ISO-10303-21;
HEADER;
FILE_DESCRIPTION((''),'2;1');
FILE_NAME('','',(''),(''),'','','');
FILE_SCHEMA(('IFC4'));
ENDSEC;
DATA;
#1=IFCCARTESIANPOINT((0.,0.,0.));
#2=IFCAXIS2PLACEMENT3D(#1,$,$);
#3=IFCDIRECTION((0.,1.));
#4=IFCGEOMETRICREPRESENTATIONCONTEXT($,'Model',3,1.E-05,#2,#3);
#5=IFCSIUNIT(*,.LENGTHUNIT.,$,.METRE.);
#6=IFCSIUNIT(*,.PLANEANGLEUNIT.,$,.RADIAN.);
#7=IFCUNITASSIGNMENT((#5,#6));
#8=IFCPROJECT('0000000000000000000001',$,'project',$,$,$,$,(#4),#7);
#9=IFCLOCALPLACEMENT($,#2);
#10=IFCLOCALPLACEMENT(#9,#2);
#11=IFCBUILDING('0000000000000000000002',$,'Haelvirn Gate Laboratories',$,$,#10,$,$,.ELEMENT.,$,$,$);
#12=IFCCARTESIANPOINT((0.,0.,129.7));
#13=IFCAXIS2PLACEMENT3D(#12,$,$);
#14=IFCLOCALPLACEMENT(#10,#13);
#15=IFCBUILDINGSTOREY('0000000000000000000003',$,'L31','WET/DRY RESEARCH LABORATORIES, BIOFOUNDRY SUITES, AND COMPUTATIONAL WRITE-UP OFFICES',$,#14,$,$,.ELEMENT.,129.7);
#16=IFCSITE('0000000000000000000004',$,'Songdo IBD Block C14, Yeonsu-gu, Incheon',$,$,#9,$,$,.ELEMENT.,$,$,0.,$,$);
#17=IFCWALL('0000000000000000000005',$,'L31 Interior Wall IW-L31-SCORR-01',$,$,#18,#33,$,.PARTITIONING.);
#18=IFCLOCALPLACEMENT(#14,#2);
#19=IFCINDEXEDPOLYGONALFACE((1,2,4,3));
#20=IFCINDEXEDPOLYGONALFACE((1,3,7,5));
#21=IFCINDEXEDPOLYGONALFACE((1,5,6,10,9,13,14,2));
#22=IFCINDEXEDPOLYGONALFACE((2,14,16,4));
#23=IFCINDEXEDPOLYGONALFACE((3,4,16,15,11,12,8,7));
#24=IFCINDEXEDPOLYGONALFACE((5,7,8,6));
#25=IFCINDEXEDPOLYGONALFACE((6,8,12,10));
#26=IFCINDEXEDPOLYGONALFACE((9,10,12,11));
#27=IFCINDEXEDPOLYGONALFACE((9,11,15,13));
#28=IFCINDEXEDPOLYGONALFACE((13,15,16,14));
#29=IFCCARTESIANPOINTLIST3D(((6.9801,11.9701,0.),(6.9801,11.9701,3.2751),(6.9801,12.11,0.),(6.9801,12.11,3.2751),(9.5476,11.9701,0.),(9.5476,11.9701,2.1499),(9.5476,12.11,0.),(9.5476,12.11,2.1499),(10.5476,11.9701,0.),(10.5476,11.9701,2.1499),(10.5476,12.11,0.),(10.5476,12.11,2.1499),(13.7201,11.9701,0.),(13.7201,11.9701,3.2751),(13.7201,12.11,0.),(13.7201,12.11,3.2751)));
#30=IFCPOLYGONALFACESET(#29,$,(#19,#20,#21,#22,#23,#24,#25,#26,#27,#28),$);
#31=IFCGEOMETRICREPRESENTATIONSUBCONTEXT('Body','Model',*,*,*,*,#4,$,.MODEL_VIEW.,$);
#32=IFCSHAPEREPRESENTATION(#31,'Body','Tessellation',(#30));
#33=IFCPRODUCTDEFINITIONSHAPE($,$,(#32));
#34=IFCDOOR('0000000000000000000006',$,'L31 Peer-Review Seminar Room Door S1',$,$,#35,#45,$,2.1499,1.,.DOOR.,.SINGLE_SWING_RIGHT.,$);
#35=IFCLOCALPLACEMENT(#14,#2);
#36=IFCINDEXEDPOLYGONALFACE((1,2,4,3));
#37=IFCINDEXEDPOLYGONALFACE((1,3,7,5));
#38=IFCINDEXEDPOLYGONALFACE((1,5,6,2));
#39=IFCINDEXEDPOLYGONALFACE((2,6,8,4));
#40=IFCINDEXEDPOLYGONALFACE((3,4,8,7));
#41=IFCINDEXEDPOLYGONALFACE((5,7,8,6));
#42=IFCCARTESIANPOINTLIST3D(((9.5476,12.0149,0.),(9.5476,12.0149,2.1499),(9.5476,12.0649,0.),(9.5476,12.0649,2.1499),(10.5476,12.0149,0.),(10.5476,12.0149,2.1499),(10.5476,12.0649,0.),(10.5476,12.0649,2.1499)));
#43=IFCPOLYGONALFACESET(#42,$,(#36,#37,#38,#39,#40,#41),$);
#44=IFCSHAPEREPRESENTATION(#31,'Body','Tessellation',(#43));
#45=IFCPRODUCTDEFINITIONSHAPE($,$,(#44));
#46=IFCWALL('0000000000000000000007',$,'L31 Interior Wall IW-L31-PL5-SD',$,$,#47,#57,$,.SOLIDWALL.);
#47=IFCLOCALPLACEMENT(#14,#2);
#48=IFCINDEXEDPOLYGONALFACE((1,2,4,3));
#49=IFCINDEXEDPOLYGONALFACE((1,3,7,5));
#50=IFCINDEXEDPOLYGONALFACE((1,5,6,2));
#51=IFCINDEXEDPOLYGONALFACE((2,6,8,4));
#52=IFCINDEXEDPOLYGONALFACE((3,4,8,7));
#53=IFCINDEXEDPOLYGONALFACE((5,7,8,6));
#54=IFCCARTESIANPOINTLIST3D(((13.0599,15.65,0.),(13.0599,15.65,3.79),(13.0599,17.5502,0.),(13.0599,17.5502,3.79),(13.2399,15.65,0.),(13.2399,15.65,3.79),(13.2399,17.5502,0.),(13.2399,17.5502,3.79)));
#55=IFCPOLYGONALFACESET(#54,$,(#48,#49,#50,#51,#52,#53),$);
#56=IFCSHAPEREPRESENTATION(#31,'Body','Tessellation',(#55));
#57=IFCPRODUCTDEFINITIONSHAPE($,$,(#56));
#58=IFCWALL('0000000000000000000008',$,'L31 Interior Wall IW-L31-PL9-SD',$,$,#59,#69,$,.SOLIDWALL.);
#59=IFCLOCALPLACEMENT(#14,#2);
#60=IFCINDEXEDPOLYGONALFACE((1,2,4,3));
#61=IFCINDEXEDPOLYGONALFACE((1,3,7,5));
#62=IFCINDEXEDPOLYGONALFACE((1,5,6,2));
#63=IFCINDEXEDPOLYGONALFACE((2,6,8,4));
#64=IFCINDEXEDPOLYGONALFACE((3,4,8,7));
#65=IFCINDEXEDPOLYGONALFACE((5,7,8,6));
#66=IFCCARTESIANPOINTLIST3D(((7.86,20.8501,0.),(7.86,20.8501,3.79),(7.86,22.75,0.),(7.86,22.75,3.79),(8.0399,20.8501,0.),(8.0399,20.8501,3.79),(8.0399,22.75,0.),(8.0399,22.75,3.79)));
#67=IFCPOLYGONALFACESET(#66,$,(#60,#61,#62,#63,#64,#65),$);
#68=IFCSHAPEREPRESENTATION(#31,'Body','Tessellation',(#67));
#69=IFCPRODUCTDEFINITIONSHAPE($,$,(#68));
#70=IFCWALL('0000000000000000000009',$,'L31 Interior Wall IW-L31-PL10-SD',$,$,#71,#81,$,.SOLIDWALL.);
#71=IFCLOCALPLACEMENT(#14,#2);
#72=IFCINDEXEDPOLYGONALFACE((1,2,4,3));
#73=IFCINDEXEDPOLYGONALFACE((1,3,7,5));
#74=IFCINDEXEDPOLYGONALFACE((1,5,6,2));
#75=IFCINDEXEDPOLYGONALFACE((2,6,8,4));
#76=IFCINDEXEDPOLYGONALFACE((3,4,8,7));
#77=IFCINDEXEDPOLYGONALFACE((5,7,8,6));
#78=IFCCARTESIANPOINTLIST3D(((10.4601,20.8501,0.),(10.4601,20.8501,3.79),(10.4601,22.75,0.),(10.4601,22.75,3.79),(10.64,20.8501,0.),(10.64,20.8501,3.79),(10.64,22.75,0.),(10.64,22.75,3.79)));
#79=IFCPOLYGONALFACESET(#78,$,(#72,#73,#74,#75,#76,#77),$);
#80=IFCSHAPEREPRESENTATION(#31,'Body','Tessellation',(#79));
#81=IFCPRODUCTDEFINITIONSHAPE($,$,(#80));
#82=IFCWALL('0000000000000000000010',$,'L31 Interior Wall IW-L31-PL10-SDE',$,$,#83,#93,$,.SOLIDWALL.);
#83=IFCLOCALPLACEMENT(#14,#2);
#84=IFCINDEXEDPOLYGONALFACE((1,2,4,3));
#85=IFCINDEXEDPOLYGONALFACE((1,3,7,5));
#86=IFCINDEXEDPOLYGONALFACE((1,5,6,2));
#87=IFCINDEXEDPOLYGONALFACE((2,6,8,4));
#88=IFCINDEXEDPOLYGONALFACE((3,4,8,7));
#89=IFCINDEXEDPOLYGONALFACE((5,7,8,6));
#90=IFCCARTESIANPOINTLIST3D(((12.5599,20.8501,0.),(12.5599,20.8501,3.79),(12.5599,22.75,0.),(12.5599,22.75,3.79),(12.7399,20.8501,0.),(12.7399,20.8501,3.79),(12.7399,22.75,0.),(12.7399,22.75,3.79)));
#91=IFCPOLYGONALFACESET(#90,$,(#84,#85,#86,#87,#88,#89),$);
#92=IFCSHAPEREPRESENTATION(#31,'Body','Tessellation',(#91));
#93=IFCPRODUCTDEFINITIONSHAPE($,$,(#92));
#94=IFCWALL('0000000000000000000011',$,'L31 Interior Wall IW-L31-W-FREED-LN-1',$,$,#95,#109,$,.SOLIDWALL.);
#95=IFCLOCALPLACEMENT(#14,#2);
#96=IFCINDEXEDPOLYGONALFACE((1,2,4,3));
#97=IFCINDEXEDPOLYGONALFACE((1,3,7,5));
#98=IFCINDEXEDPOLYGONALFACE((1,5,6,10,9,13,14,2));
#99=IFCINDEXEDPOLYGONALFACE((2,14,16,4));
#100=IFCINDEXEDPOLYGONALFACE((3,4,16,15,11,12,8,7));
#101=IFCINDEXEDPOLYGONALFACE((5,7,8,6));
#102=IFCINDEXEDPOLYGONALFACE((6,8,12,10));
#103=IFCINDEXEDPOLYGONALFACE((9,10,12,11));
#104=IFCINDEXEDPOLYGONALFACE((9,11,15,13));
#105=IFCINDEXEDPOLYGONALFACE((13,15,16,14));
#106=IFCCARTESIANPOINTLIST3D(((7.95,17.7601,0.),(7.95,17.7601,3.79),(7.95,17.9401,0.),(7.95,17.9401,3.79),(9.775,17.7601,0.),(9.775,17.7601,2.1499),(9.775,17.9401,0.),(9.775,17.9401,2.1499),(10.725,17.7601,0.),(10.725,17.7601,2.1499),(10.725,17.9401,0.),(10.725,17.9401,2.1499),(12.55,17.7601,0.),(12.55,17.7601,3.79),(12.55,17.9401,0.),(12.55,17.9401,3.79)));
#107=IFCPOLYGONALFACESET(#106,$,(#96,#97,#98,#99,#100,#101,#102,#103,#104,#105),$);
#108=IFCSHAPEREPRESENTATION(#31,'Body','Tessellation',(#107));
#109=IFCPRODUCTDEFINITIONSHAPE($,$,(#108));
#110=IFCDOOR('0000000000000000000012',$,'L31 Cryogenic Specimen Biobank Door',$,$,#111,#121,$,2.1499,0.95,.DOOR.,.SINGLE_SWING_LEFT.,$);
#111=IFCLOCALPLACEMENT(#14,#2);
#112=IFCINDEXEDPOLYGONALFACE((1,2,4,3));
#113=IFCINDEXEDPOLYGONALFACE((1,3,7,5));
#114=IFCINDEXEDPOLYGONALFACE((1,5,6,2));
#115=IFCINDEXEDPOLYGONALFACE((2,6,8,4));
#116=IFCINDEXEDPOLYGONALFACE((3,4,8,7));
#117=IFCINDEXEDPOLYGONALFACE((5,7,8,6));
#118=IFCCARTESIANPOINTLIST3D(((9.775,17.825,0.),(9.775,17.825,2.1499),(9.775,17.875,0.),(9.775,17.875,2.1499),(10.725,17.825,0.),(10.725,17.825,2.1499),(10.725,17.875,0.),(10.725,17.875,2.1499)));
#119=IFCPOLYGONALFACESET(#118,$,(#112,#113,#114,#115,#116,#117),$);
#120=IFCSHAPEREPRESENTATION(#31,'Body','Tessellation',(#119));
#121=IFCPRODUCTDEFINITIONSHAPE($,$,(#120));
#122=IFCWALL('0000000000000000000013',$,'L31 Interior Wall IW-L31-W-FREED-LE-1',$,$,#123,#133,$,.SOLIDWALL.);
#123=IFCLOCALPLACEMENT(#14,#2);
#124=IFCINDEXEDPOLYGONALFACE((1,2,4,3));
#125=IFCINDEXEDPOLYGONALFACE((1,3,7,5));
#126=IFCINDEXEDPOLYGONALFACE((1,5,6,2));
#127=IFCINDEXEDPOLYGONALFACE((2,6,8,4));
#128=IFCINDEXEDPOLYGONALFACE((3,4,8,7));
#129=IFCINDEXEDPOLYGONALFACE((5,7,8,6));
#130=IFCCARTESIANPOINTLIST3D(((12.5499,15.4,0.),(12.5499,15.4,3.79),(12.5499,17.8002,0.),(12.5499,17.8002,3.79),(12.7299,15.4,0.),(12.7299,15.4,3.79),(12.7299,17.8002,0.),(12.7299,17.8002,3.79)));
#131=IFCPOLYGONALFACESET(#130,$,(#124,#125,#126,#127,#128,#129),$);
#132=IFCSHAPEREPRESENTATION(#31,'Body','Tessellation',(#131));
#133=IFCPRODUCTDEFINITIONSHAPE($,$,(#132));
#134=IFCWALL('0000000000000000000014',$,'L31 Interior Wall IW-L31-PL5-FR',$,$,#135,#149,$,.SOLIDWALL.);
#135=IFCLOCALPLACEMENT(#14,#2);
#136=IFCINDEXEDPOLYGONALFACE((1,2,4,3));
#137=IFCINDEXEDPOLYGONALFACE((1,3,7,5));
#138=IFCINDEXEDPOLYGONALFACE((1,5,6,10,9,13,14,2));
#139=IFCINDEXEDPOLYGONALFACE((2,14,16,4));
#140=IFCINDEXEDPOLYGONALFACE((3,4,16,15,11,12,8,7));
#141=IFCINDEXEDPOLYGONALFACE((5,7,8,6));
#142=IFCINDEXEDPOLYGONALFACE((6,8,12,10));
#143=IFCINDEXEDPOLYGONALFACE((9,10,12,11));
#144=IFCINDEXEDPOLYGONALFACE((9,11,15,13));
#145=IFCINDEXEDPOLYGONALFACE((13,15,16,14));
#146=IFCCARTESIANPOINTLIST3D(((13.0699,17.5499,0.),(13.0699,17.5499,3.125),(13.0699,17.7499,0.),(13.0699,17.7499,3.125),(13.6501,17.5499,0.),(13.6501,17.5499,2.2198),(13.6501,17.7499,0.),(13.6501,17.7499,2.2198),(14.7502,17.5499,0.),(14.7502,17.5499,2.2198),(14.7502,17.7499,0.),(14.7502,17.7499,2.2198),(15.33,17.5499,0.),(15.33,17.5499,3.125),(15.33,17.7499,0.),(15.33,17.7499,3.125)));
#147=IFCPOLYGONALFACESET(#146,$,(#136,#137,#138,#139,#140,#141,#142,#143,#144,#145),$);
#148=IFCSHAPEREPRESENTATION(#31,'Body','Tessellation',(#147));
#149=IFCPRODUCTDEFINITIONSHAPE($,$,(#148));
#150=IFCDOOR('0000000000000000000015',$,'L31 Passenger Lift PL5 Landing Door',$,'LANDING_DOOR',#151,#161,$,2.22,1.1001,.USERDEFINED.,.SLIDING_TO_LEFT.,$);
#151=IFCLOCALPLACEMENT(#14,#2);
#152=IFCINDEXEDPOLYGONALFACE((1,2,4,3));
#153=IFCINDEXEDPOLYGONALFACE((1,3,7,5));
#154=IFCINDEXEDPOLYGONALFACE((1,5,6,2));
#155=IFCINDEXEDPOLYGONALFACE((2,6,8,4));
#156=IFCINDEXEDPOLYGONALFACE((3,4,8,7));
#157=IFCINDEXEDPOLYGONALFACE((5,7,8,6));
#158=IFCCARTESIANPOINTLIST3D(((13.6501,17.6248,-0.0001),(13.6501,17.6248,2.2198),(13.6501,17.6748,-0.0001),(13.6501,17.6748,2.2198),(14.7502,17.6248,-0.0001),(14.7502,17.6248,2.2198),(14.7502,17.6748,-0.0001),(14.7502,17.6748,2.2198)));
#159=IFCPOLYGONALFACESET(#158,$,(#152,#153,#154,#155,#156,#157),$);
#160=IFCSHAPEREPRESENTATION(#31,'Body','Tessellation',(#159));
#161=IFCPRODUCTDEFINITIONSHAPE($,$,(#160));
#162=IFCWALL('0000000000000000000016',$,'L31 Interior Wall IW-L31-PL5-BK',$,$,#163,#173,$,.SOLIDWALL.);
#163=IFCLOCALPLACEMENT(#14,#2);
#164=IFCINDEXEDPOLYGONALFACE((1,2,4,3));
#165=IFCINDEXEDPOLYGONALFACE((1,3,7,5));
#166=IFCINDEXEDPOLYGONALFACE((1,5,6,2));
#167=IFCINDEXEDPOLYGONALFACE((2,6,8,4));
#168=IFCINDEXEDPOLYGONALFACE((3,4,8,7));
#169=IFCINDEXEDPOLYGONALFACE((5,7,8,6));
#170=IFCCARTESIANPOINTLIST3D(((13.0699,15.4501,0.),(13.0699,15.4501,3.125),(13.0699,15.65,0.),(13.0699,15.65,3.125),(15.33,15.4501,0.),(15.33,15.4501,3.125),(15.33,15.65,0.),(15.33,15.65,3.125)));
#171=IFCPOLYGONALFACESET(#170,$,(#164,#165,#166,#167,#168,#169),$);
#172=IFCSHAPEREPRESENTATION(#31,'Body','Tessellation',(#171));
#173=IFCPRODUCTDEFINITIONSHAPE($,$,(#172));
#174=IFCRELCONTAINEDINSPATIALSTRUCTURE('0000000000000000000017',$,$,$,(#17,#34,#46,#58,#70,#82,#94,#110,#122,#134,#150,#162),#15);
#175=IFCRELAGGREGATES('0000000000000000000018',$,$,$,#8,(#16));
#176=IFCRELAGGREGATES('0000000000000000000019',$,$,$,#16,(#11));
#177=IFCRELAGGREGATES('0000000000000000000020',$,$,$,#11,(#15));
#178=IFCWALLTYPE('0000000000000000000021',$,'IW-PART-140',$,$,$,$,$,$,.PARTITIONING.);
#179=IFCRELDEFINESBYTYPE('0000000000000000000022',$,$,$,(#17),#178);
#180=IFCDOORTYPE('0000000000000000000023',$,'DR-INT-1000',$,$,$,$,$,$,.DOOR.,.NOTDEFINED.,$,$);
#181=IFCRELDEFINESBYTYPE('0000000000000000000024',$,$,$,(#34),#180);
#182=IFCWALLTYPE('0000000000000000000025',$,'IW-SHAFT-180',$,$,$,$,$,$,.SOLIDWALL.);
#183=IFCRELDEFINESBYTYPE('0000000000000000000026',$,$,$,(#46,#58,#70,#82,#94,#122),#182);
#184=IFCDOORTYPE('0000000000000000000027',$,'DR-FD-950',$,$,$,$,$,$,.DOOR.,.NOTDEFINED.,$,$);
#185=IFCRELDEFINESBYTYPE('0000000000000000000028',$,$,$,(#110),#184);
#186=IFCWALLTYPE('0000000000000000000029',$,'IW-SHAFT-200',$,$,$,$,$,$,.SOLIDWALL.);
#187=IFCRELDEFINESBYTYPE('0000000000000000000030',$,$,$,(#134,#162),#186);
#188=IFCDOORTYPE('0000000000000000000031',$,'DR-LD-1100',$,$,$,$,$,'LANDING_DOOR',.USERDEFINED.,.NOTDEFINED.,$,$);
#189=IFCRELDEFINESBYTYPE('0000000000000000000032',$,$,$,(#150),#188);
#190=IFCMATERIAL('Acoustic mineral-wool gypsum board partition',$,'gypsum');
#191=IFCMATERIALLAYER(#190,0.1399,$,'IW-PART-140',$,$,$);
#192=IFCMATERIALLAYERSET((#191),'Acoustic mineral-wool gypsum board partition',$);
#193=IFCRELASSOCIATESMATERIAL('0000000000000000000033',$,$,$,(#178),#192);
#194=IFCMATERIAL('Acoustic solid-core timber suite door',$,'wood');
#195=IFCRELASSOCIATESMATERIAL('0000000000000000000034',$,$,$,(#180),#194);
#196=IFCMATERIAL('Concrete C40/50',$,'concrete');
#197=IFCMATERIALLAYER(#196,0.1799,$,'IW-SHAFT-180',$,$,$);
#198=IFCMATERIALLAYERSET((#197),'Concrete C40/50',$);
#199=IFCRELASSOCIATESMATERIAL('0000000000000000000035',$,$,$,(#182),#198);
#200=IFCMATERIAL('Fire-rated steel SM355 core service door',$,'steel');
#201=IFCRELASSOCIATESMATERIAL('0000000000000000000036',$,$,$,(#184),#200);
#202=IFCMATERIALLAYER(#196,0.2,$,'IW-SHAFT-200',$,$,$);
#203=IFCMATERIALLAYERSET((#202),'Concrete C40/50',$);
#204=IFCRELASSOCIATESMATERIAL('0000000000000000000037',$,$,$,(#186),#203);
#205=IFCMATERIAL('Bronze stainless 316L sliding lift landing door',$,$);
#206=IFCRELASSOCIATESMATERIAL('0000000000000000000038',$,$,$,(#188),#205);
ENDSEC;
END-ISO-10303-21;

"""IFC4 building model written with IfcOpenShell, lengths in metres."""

from ifc_helpers import new_model, si_unit, direction, frame, frame_2d, origin, place, context, subcontext, project, spatial, rectangle, extrude, source, transform, mapped, material, layer, layer_set, type_object, type_shapes, element, fill, save


model = new_model("IFC4")

# Units and contexts
model_context = context("Model", 3, precision=1e-05, world=origin(), true_north=direction((0.0, 1.0)))
body_context = subcontext(model_context, "Body", "Model", "MODEL_VIEW")
ifc_project = project(units=[si_unit("LENGTHUNIT", "METRE"), si_unit("PLANEANGLEUNIT", "RADIAN")], contexts=[model_context])

# Site, building, storey
site_placement = place(None, origin())
site = spatial("IfcSite", under=ifc_project, at=site_placement, Name="Songdo IBD Block C14, Yeonsu-gu, Incheon", CompositionType="ELEMENT", RefElevation=0.0)
building_placement = place(site_placement, origin())
building = spatial("IfcBuilding", under=site, at=building_placement, Name="Haelvirn Gate Laboratories", CompositionType="ELEMENT")
storey_placement = place(building_placement, frame((0.0, 0.0, 129.7)))
storey = spatial("IfcBuildingStorey", under=building, at=storey_placement, Name="L31", Description="WET/DRY RESEARCH LABORATORIES, BIOFOUNDRY SUITES, AND COMPUTATIONAL WRITE-UP OFFICES", CompositionType="ELEMENT", Elevation=129.7)

# Wall, opening, door
ifc_material_1 = material(Name="Acoustic mineral-wool gypsum board partition", Category="gypsum")
ifc_layer_1 = layer(ifc_material_1, 0.1399, Name="IW-PART-140")
ifc_layer_set_1 = layer_set([ifc_layer_1], Name="Acoustic mineral-wool gypsum board partition")
wall_type_1 = type_object("IfcWallType", Name="IW-PART-140", PredefinedType="PARTITIONING", material=ifc_layer_set_1)
wall_1_placement = place(storey_placement, frame((6.98, 12.04, 0.0), z_axis=(0.0, 0.0, 1.0), x_axis=(1.0, 0.0, 0.0)))
wall_1 = element("IfcWall", 1, at=wall_1_placement, inside=storey, type_object=wall_type_1, Name="L31 Interior Wall IW-L31-SCORR-01", PredefinedType="PARTITIONING", context=body_context, shape_type="SweptSolid", body=[
    extrude(rectangle(XDim=6.74, YDim=0.1399, at=frame_2d((3.3701, 0.0))), origin(), (0.0, 0.0, 1.0), 3.2751),
])
opening_1_placement = place(wall_1_placement, frame((2.5676, 0.0, 0.0)))
opening_1 = element("IfcOpeningElement", 2, at=opening_1_placement, cuts=wall_1, PredefinedType="OPENING", context=body_context, shape_type="SweptSolid", body=[
    extrude(rectangle(XDim=1.0, YDim=2.1499, at=frame_2d((0.5, 1.075))), frame((0.0, 0.0801, 0.0), z_axis=(0.0, -1.0, 0.0), x_axis=(1.0, 0.0, 0.0)), (0.0, 0.0, 1.0), 0.1599),
])
ifc_material_2 = material(Name="Acoustic solid-core timber suite door", Category="wood")
door_type_1 = type_object("IfcDoorType", Name="DR-INT-1000", OperationType="NOTDEFINED", PredefinedType="DOOR", material=ifc_material_2)
shared_shape_1 = source(origin(), body_context, "Body", "SweptSolid", [
    extrude(rectangle(XDim=1.0, YDim=2.1499, at=frame_2d((0.5, 1.075))), frame((0.0, 0.0249, 0.0), z_axis=(0.0, -1.0, 0.0), x_axis=(1.0, 0.0, 0.0)), (0.0, 0.0, 1.0), 0.05),
])
type_shapes(door_type_1, [shared_shape_1])
door_1_placement = place(opening_1_placement, origin())
door_1 = element("IfcDoor", 3, at=door_1_placement, inside=storey, type_object=door_type_1, Name="L31 Peer-Review Seminar Room Door S1", OperationType="SINGLE_SWING_RIGHT", OverallHeight=2.1499, OverallWidth=1.0, PredefinedType="DOOR", context=body_context, shape_type="MappedRepresentation", body=[
    mapped(shared_shape_1, transform((0.0, 0.0, 0.0), scale=1.0)),
])
fill(opening_1, door_1)

# Walls
ifc_material_3 = material(Name="Concrete C40/50", Category="concrete")
ifc_layer_2 = layer(ifc_material_3, 0.1799, Name="IW-SHAFT-180")
ifc_layer_set_2 = layer_set([ifc_layer_2], Name="Concrete C40/50")
wall_type_2 = type_object("IfcWallType", Name="IW-SHAFT-180", PredefinedType="SOLIDWALL", material=ifc_layer_set_2)
wall_2_placement = place(storey_placement, frame((13.1499, 15.6499, 0.0), z_axis=(0.0, 0.0, 1.0), x_axis=(0.0, 1.0, 0.0)))
element("IfcWall", 4, at=wall_2_placement, inside=storey, type_object=wall_type_2, Name="L31 Interior Wall IW-L31-PL5-SD", PredefinedType="SOLIDWALL", context=body_context, shape_type="SweptSolid", body=[
    extrude(rectangle(XDim=1.9001, YDim=0.1799, at=frame_2d((0.9502, 0.0))), origin(), (0.0, 0.0, 1.0), 3.79),
])
for number, where, z_axis, x_axis, name in (
    (5, (7.95, 20.8501, 0.0), (0.0, 0.0, 1.0), (0.0, 1.0, 0.0), "L31 Interior Wall IW-L31-PL9-SD"),
    (6, (10.55, 20.8501, 0.0), (0.0, 0.0, 1.0), (0.0, 1.0, 0.0), "L31 Interior Wall IW-L31-PL10-SD"),
    (7, (12.6499, 20.8501, 0.0), (0.0, 0.0, 1.0), (0.0, 1.0, 0.0), "L31 Interior Wall IW-L31-PL10-SDE"),
):
    element("IfcWall", number, at=place(storey_placement, frame(where, z_axis=z_axis, x_axis=x_axis)), inside=storey, type_object=wall_type_2, Name=name, PredefinedType="SOLIDWALL", context=body_context, shape_type="SweptSolid", body=[
        extrude(rectangle(XDim=1.8999, YDim=0.1799, at=frame_2d((0.95, 0.0))), origin(), (0.0, 0.0, 1.0), 3.79),
    ])

# Wall, opening, door
wall_3_placement = place(storey_placement, frame((7.95, 17.8501, 0.0), z_axis=(0.0, 0.0, 1.0), x_axis=(1.0, 0.0, 0.0)))
wall_3 = element("IfcWall", 8, at=wall_3_placement, inside=storey, type_object=wall_type_2, Name="L31 Interior Wall IW-L31-W-FREED-LN-1", PredefinedType="SOLIDWALL", context=body_context, shape_type="SweptSolid", body=[
    extrude(rectangle(XDim=4.6001, YDim=0.1799, at=frame_2d((2.3, 0.0))), origin(), (0.0, 0.0, 1.0), 3.79),
])
opening_2_placement = place(wall_3_placement, frame((1.825, 0.0, 0.0)))
opening_2 = element("IfcOpeningElement", 9, at=opening_2_placement, cuts=wall_3, PredefinedType="OPENING", context=body_context, shape_type="SweptSolid", body=[
    extrude(rectangle(XDim=0.95, YDim=2.1499, at=frame_2d((0.4751, 1.075))), frame((0.0, 0.1001, 0.0), z_axis=(0.0, -1.0, 0.0), x_axis=(1.0, 0.0, 0.0)), (0.0, 0.0, 1.0), 0.2),
])
ifc_material_4 = material(Name="Fire-rated steel SM355 core service door", Category="steel")
door_type_2 = type_object("IfcDoorType", Name="DR-FD-950", OperationType="NOTDEFINED", PredefinedType="DOOR", material=ifc_material_4)
shared_shape_2 = source(origin(), body_context, "Body", "SweptSolid", [
    extrude(rectangle(XDim=0.95, YDim=2.1499, at=frame_2d((0.4751, 1.075))), frame((0.0, 0.0249, 0.0), z_axis=(0.0, -1.0, 0.0), x_axis=(1.0, 0.0, 0.0)), (0.0, 0.0, 1.0), 0.05),
])
type_shapes(door_type_2, [shared_shape_2])
door_2_placement = place(opening_2_placement, origin())
door_2 = element("IfcDoor", 10, at=door_2_placement, inside=storey, type_object=door_type_2, Name="L31 Cryogenic Specimen Biobank Door", OperationType="SINGLE_SWING_LEFT", OverallHeight=2.1499, OverallWidth=0.95, PredefinedType="DOOR", context=body_context, shape_type="MappedRepresentation", body=[
    mapped(shared_shape_2, transform((0.0, 0.0, 0.0), scale=1.0)),
])
fill(opening_2, door_2)

# Wall
wall_4_placement = place(storey_placement, frame((12.6399, 15.3999, 0.0), z_axis=(0.0, 0.0, 1.0), x_axis=(0.0, 1.0, 0.0)))
element("IfcWall", 11, at=wall_4_placement, inside=storey, type_object=wall_type_2, Name="L31 Interior Wall IW-L31-W-FREED-LE-1", PredefinedType="SOLIDWALL", context=body_context, shape_type="SweptSolid", body=[
    extrude(rectangle(XDim=2.4001, YDim=0.1799, at=frame_2d((1.2002, 0.0))), origin(), (0.0, 0.0, 1.0), 3.79),
])

# Wall, opening, door
ifc_layer_3 = layer(ifc_material_3, 0.2, Name="IW-SHAFT-200")
ifc_layer_set_3 = layer_set([ifc_layer_3], Name="Concrete C40/50")
wall_type_3 = type_object("IfcWallType", Name="IW-SHAFT-200", PredefinedType="SOLIDWALL", material=ifc_layer_set_3)
wall_5_placement = place(storey_placement, frame((13.0701, 17.6499, 0.0), z_axis=(0.0, 0.0, 1.0), x_axis=(1.0, 0.0, 0.0)))
wall_5 = element("IfcWall", 12, at=wall_5_placement, inside=storey, type_object=wall_type_3, Name="L31 Interior Wall IW-L31-PL5-FR", PredefinedType="SOLIDWALL", context=body_context, shape_type="SweptSolid", body=[
    extrude(rectangle(XDim=2.26, YDim=0.2, at=frame_2d((1.1299, 0.0))), origin(), (0.0, 0.0, 1.0), 3.125),
])
opening_3_placement = place(wall_5_placement, frame((0.5801, 0.0, 0.0)))
opening_3 = element("IfcOpeningElement", 13, at=opening_3_placement, cuts=wall_5, PredefinedType="OPENING", context=body_context, shape_type="SweptSolid", body=[
    extrude(rectangle(XDim=1.1001, YDim=2.22, at=frame_2d((0.55, 1.1099))), frame((0.0, 0.1099, 0.0), z_axis=(0.0, -1.0, 0.0), x_axis=(1.0, 0.0, 0.0)), (0.0, 0.0, 1.0), 0.22),
])
ifc_material_5 = material(Name="Bronze stainless 316L sliding lift landing door")
door_type_3 = type_object("IfcDoorType", Name="DR-LD-1100", ElementType="LANDING_DOOR", OperationType="NOTDEFINED", PredefinedType="USERDEFINED", material=ifc_material_5)
shared_shape_3 = source(origin(), body_context, "Body", "SweptSolid", [
    extrude(rectangle(XDim=1.1001, YDim=2.22, at=frame_2d((0.55, 1.1099))), frame((0.0, 0.0249, 0.0), z_axis=(0.0, -1.0, 0.0), x_axis=(1.0, 0.0, 0.0)), (0.0, 0.0, 1.0), 0.05),
])
type_shapes(door_type_3, [shared_shape_3])
door_3_placement = place(opening_3_placement, origin())
door_3 = element("IfcDoor", 14, at=door_3_placement, inside=storey, type_object=door_type_3, Name="L31 Passenger Lift PL5 Landing Door", ObjectType="LANDING_DOOR", OperationType="SLIDING_TO_LEFT", OverallHeight=2.22, OverallWidth=1.1001, PredefinedType="USERDEFINED", context=body_context, shape_type="MappedRepresentation", body=[
    mapped(shared_shape_3, transform((0.0, 0.0, 0.0), scale=1.0)),
])
fill(opening_3, door_3)

# Wall
wall_6_placement = place(storey_placement, frame((13.0701, 15.55, 0.0), z_axis=(0.0, 0.0, 1.0), x_axis=(1.0, 0.0, 0.0)))
element("IfcWall", 15, at=wall_6_placement, inside=storey, type_object=wall_type_3, Name="L31 Interior Wall IW-L31-PL5-BK", PredefinedType="SOLIDWALL", context=body_context, shape_type="SweptSolid", body=[
    extrude(rectangle(XDim=2.26, YDim=0.2, at=frame_2d((1.1299, 0.0))), origin(), (0.0, 0.0, 1.0), 3.125),
])

save(model, "model.ifc")
